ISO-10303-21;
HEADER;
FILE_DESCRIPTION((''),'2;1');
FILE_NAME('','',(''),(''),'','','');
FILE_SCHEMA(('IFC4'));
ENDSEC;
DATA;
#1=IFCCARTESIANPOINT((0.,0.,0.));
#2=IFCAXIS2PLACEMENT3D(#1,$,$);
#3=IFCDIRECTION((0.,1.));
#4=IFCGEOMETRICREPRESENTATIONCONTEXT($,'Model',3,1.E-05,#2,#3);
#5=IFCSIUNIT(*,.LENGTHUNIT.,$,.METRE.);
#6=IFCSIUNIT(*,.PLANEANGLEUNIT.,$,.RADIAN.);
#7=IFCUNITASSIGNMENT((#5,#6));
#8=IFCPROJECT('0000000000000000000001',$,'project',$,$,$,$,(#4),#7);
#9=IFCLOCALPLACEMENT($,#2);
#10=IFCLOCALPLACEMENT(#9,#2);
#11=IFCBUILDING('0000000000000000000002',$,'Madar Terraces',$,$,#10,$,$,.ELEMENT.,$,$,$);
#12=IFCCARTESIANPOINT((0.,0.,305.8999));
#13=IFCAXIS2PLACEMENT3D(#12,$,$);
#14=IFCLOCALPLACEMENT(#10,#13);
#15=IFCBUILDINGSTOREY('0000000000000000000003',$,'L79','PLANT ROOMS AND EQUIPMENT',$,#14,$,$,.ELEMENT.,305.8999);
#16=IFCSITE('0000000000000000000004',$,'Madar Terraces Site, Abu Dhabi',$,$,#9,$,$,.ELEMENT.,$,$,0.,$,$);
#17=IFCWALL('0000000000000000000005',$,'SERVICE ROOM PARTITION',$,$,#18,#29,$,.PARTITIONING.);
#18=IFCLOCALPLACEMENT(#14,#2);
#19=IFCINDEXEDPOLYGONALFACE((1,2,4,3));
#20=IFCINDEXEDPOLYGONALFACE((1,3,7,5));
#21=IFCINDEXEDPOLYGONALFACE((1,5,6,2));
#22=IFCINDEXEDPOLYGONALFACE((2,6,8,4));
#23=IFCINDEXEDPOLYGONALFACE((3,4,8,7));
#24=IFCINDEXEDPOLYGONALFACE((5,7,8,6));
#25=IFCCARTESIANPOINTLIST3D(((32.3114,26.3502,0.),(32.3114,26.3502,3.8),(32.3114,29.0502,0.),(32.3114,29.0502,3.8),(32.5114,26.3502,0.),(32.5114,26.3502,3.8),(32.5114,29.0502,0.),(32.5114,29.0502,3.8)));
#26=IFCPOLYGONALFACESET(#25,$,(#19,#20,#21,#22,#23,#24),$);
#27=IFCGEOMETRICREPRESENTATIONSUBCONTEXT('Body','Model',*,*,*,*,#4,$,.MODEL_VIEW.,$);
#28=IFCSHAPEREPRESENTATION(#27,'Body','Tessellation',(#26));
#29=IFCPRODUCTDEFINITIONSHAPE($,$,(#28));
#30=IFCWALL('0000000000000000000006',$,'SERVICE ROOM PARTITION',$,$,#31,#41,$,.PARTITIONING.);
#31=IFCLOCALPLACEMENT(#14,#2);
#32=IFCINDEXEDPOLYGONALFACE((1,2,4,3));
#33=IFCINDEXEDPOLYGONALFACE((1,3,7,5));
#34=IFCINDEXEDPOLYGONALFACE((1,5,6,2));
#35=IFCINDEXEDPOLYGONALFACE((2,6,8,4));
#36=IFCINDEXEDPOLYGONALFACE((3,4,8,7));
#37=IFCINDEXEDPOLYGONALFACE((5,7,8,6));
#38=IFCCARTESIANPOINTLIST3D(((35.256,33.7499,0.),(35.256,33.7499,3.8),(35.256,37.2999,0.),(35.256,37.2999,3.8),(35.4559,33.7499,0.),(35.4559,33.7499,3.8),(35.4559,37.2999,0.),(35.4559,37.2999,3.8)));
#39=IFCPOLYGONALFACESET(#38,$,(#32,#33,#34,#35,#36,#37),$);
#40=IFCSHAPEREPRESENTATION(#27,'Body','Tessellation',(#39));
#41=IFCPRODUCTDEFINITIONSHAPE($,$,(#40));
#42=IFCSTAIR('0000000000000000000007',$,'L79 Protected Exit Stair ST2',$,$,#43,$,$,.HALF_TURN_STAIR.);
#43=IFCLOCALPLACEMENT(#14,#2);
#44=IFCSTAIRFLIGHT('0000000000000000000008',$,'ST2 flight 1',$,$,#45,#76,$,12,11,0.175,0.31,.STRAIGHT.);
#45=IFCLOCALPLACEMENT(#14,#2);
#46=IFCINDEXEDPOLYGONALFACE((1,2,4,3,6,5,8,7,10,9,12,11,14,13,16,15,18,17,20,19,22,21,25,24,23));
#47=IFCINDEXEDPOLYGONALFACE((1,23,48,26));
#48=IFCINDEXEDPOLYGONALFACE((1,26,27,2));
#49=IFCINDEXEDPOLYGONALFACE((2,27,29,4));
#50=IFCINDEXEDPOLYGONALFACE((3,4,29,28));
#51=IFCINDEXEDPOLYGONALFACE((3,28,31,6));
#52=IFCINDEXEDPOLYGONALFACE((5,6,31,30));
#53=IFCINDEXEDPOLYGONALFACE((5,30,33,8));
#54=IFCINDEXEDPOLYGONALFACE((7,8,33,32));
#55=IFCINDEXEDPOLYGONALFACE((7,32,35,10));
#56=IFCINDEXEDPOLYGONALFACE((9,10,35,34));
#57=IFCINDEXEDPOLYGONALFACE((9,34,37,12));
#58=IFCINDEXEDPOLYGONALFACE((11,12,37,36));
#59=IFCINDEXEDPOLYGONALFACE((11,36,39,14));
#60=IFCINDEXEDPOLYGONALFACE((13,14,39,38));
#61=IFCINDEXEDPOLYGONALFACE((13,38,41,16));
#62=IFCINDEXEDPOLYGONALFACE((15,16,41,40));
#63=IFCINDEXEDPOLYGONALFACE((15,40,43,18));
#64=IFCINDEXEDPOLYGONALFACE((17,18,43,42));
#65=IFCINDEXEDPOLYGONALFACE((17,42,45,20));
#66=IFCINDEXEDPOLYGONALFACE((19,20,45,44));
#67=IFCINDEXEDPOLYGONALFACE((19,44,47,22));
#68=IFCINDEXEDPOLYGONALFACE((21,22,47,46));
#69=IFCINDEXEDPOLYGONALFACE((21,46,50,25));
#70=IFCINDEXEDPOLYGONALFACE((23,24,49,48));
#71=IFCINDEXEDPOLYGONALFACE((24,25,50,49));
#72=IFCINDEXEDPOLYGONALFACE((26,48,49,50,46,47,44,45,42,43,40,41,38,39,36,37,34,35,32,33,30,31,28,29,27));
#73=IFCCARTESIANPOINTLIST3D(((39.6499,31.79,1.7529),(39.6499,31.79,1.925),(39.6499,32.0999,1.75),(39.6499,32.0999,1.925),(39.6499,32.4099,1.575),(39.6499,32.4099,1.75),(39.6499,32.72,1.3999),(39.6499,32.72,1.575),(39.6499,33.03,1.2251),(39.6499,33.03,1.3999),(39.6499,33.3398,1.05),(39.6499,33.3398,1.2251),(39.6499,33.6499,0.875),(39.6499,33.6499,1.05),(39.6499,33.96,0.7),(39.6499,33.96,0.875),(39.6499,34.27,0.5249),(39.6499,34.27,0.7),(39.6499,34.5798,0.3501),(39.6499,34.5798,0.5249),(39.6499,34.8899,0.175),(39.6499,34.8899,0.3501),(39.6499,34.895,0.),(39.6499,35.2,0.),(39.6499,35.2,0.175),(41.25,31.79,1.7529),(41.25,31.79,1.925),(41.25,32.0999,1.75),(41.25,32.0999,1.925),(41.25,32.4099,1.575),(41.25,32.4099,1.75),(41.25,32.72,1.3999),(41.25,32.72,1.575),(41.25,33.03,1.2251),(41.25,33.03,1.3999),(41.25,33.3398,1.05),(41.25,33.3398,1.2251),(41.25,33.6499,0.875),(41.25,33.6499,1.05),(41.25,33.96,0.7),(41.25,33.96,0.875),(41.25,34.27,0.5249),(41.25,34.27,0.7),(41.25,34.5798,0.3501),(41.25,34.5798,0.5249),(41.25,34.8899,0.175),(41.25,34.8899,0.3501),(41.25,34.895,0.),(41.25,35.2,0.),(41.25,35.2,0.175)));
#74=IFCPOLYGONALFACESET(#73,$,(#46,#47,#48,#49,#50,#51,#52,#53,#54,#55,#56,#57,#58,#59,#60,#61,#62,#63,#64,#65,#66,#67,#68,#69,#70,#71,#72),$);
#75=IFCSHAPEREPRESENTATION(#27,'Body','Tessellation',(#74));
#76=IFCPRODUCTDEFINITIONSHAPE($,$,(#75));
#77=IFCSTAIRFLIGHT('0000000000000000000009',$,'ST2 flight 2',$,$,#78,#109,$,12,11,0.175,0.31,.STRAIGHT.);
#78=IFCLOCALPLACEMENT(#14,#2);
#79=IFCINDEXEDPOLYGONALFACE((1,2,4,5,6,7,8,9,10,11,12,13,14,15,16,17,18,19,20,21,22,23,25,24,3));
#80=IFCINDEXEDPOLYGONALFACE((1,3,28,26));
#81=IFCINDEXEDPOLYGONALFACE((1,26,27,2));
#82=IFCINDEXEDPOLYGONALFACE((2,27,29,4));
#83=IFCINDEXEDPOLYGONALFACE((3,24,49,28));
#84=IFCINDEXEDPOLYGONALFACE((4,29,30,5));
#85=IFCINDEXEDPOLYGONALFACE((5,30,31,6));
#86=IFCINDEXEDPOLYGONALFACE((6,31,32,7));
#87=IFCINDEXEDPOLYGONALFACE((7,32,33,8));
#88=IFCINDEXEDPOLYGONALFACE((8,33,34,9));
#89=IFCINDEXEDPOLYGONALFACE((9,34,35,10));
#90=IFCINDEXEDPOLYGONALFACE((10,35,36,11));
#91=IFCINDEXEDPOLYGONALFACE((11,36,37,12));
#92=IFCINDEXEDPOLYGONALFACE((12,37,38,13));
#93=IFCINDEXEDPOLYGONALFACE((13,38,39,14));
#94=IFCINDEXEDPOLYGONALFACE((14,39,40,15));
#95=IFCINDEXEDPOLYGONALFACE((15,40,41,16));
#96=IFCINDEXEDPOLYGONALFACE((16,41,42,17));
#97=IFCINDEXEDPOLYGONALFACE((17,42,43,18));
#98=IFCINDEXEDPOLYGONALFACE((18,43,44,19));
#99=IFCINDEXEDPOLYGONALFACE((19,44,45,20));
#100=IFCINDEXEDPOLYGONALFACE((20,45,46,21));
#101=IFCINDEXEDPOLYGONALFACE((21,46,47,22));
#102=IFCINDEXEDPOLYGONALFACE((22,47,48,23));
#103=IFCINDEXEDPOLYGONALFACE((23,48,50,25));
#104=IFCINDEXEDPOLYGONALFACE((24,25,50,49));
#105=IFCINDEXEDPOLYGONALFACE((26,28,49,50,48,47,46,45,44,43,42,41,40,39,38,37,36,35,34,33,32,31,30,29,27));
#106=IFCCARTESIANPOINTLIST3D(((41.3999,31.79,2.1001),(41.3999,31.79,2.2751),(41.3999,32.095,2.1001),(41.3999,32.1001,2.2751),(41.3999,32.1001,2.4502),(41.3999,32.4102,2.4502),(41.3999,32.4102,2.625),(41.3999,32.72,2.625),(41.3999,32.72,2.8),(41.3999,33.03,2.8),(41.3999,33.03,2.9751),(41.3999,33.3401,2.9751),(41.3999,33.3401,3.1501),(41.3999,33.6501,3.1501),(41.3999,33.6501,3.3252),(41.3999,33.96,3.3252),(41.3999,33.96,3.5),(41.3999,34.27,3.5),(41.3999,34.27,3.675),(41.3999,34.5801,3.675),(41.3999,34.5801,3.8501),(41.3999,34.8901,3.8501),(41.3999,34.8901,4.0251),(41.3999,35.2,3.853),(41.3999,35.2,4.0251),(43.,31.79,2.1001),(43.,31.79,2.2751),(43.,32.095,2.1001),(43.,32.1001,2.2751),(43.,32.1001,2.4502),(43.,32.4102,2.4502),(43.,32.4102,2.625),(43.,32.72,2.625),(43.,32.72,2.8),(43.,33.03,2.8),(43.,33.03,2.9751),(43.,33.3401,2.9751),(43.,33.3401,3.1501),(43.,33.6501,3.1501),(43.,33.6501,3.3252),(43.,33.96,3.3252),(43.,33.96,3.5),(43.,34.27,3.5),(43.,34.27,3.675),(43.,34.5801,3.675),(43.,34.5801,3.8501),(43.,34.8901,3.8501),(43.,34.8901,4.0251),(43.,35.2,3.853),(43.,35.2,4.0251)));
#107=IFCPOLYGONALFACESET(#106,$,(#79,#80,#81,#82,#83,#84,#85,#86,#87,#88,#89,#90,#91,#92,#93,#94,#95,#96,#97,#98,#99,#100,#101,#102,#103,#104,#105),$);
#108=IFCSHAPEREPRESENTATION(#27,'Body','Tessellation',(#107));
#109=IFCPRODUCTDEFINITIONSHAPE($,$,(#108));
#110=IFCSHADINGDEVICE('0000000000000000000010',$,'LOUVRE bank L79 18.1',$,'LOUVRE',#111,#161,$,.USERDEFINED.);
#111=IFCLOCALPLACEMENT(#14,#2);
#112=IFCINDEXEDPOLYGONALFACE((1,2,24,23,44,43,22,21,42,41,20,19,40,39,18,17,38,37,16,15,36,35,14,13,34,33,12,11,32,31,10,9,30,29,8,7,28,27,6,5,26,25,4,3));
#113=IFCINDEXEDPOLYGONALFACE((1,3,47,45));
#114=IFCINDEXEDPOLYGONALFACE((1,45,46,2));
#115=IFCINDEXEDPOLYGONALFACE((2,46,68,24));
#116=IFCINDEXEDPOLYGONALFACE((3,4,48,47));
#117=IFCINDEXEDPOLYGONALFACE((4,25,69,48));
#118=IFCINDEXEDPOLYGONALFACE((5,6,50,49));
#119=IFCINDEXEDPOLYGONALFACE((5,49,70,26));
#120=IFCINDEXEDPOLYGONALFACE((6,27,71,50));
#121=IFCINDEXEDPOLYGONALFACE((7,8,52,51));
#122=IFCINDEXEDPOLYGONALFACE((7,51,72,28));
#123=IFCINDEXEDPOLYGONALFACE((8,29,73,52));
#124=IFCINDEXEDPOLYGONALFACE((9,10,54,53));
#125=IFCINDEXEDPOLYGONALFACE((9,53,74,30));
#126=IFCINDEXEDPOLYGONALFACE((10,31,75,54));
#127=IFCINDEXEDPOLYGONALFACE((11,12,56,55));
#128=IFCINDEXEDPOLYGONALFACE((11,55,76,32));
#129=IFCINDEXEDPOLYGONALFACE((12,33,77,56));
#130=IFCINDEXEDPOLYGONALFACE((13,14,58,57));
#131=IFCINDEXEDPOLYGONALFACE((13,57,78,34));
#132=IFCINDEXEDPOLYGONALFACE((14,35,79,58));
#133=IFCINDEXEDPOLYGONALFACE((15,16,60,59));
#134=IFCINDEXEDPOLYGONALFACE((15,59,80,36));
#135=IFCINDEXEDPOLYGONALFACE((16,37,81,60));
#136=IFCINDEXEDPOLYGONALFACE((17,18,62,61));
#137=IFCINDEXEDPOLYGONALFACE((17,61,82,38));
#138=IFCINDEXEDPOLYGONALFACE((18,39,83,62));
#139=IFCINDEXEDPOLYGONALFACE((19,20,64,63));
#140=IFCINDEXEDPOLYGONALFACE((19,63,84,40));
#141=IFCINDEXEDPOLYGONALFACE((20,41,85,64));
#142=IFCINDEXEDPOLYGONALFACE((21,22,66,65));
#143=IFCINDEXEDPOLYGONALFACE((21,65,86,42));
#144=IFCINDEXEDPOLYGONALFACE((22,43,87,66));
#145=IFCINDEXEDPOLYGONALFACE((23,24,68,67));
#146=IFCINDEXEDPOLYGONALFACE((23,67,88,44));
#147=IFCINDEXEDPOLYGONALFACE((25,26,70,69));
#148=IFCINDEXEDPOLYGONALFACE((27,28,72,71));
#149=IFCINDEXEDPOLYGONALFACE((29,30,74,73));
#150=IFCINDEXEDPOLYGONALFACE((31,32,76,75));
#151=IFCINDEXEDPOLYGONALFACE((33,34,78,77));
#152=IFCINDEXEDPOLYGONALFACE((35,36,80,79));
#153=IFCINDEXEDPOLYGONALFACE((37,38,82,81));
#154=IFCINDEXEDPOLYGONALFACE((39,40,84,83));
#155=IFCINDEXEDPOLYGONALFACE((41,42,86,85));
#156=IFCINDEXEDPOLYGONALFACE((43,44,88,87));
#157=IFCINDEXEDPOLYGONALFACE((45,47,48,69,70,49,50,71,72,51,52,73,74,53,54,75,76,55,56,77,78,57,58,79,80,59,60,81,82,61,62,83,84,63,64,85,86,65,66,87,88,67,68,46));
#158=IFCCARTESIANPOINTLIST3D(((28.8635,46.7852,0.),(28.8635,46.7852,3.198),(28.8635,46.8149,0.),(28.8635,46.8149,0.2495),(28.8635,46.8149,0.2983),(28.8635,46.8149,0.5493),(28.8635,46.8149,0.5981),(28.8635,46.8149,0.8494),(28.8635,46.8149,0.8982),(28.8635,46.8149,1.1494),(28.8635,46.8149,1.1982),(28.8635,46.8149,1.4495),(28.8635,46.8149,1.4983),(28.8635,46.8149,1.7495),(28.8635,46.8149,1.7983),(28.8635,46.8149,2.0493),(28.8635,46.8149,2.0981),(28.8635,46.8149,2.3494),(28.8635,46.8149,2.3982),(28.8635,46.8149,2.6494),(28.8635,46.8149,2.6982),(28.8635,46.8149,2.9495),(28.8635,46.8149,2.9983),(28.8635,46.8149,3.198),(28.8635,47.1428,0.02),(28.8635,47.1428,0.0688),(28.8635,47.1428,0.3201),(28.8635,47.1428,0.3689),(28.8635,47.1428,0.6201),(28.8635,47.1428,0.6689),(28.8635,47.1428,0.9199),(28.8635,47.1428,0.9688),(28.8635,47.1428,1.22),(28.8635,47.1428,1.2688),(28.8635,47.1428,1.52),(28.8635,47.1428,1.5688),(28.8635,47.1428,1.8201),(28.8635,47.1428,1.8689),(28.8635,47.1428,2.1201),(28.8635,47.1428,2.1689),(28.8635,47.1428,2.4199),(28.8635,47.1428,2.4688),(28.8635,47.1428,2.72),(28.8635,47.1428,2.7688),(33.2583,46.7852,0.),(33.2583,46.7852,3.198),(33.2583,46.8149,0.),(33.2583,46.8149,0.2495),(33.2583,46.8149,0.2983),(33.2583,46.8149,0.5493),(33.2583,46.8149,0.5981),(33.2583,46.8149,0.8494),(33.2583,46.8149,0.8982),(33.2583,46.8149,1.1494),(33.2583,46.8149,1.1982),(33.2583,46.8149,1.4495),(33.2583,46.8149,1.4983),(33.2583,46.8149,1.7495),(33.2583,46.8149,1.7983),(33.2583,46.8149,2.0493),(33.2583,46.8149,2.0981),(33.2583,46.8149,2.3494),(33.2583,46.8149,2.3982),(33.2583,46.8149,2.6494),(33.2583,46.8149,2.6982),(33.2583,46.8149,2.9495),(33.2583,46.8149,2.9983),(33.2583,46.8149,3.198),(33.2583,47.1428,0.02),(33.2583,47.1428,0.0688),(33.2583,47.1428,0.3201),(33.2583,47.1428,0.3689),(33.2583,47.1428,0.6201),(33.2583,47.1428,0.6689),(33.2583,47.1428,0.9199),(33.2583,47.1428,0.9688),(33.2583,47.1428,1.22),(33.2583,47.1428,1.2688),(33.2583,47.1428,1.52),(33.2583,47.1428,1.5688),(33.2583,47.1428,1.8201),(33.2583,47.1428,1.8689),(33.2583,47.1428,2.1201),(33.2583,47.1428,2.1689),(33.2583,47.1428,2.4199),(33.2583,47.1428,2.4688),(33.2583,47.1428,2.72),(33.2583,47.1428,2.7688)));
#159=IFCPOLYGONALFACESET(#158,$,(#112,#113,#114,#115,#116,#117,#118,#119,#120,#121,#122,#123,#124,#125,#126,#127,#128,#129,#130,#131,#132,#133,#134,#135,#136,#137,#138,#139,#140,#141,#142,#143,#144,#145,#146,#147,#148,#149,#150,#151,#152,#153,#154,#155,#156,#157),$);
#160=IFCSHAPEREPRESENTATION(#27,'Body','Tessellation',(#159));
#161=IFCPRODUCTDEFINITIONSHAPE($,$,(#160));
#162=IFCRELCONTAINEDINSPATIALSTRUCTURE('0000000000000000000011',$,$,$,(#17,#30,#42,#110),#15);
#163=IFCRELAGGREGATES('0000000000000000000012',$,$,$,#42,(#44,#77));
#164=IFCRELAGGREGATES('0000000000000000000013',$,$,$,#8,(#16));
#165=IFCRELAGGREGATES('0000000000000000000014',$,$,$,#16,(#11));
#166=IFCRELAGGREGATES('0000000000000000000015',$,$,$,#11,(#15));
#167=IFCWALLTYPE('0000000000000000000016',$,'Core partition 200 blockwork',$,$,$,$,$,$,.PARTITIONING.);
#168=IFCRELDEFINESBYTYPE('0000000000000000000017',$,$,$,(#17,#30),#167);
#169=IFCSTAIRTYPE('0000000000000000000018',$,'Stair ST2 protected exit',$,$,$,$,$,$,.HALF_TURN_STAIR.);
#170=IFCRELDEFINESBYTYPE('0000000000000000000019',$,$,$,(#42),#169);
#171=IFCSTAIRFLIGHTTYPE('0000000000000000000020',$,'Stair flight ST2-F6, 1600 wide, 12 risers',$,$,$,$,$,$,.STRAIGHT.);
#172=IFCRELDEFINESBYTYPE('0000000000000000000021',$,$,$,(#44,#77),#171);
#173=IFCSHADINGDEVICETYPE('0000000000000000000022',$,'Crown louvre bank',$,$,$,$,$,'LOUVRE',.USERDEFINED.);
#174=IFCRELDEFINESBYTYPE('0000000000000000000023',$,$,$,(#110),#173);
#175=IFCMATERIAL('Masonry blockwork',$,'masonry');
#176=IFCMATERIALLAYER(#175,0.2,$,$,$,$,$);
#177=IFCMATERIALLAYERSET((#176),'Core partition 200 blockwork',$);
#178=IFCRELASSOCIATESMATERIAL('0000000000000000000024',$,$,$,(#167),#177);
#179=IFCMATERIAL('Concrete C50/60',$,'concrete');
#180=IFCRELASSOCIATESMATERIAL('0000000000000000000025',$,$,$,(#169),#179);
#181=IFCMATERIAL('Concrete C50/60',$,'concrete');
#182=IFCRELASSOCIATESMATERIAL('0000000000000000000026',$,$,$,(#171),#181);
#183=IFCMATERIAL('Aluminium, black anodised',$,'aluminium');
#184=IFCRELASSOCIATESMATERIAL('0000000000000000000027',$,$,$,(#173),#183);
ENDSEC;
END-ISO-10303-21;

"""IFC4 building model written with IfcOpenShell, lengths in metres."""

from ifc_helpers import new_model, si_unit, direction, frame, frame_2d, origin, place, context, subcontext, project, spatial, polyline, rectangle, outline, extrude, material, layer, layer_set, type_object, element, aggregate, save


model = new_model("IFC4")

# Units and contexts
model_context = context("Model", 3, precision=1e-05, world=origin(), true_north=direction((0.0, 1.0)))
body_context = subcontext(model_context, "Body", "Model", "MODEL_VIEW")
ifc_project = project(units=[si_unit("LENGTHUNIT", "METRE"), si_unit("PLANEANGLEUNIT", "RADIAN")], contexts=[model_context])

# Site, building, storey
site_placement = place(None, origin())
site = spatial("IfcSite", under=ifc_project, at=site_placement, Name="Madar Terraces Site, Abu Dhabi", CompositionType="ELEMENT", RefElevation=0.0)
building_placement = place(site_placement, origin())
building = spatial("IfcBuilding", under=site, at=building_placement, Name="Madar Terraces", CompositionType="ELEMENT")
storey_placement = place(building_placement, frame((0.0, 0.0, 305.8999)))
storey = spatial("IfcBuildingStorey", under=building, at=storey_placement, Name="L79", Description="PLANT ROOMS AND EQUIPMENT", CompositionType="ELEMENT", Elevation=305.8999)

# Walls
ifc_material_1 = material(Name="Masonry blockwork", Category="masonry")
ifc_layer_1 = layer(ifc_material_1, 0.2)
ifc_layer_set_1 = layer_set([ifc_layer_1], Name="Core partition 200 blockwork")
wall_type_1 = type_object("IfcWallType", Name="Core partition 200 blockwork", PredefinedType="PARTITIONING", material=ifc_layer_set_1)
wall_1_placement = place(storey_placement, frame((32.4114, 26.3501, 0.0), z_axis=(0.0, 0.0, 1.0), x_axis=(0.0, 1.0, 0.0)))
element("IfcWall", 1, at=wall_1_placement, inside=storey, type_object=wall_type_1, Name="SERVICE ROOM PARTITION", PredefinedType="PARTITIONING", context=body_context, shape_type="SweptSolid", body=[
    extrude(rectangle(XDim=2.7, YDim=0.2, at=frame_2d((1.3501, 0.0))), origin(), (0.0, 0.0, 1.0), 3.8),
])
wall_2_placement = place(storey_placement, frame((35.356, 33.75, 0.0), z_axis=(0.0, 0.0, 1.0), x_axis=(0.0, 1.0, 0.0)))
element("IfcWall", 2, at=wall_2_placement, inside=storey, type_object=wall_type_1, Name="SERVICE ROOM PARTITION", PredefinedType="PARTITIONING", context=body_context, shape_type="SweptSolid", body=[
    extrude(rectangle(XDim=3.55, YDim=0.2, at=frame_2d((1.7749, 0.0))), origin(), (0.0, 0.0, 1.0), 3.8),
])

# Stair, stair flights
ifc_material_2 = material(Name="Concrete C50/60", Category="concrete")
stair_type = type_object("IfcStairType", Name="Stair ST2 protected exit", PredefinedType="HALF_TURN_STAIR", material=ifc_material_2)
stair_placement = place(storey_placement, origin())
stair = element("IfcStair", 3, at=stair_placement, inside=storey, type_object=stair_type, Name="L79 Protected Exit Stair ST2", PredefinedType="HALF_TURN_STAIR")
ifc_material_3 = material(Name="Concrete C50/60", Category="concrete")
stair_flight_type = type_object("IfcStairFlightType", Name="Stair flight ST2-F6, 1600 wide, 12 risers", PredefinedType="STRAIGHT", material=ifc_material_3)
stair_flight_1_placement = place(storey_placement, frame((40.45, 35.2, 0.0), z_axis=(0.0, 0.0, 1.0), x_axis=(0.0, -1.0, 0.0)))
stair_flight_1 = element("IfcStairFlight", 4, at=stair_flight_1_placement, type_object=stair_flight_type, Name="ST2 flight 1", NumberOfRisers=12, NumberOfTreads=11, PredefinedType="STRAIGHT", RiserHeight=0.175, TreadLength=0.31, context=body_context, shape_type="SweptSolid", body=[
    extrude(outline(polyline([(0.0, 0.0), (0.0, 0.175), (0.3101, 0.175), (0.3101, 0.3501), (0.6201, 0.3501), (0.6201, 0.5249), (0.9299, 0.5249), (0.9299, 0.7), (1.24, 0.7), (1.24, 0.875), (1.55, 0.875), (1.55, 1.05), (1.8601, 1.05), (1.8601, 1.2251), (2.1699, 1.2251), (2.1699, 1.3999), (2.48, 1.3999), (2.48, 1.575), (2.79, 1.575), (2.79, 1.75), (3.1001, 1.75), (3.1001, 1.925), (3.4099, 1.925), (3.4099, 2.1001), (3.4099, 1.7529), (0.3049, 0.0), (0.0, 0.0)])), frame((0.0, 0.8, 0.0), z_axis=(0.0, -1.0, 0.0), x_axis=(1.0, 0.0, 0.0)), (0.0, 0.0, 1.0), 1.6001),
])
stair_flight_2_placement = place(storey_placement, frame((42.2, 31.79, 2.1001), z_axis=(0.0, 0.0, 1.0), x_axis=(0.0, 1.0, 0.0)))
stair_flight_2 = element("IfcStairFlight", 5, at=stair_flight_2_placement, type_object=stair_flight_type, Name="ST2 flight 2", NumberOfRisers=12, NumberOfTreads=11, PredefinedType="STRAIGHT", RiserHeight=0.175, TreadLength=0.31, context=body_context, shape_type="SweptSolid", body=[
    extrude(outline(polyline([(0.0, 0.0), (0.0, 0.175), (0.3101, 0.175), (0.3101, 0.3501), (0.6201, 0.3501), (0.6201, 0.5249), (0.9299, 0.5249), (0.9299, 0.7), (1.24, 0.7), (1.24, 0.875), (1.55, 0.875), (1.55, 1.05), (1.8601, 1.05), (1.8601, 1.2251), (2.1699, 1.2251), (2.1699, 1.3999), (2.48, 1.3999), (2.48, 1.575), (2.79, 1.575), (2.79, 1.75), (3.1001, 1.75), (3.1001, 1.925), (3.4099, 1.925), (3.4099, 2.1001), (3.4099, 1.7529), (0.3049, 0.0), (0.0, 0.0)])), frame((0.0, 0.8, 0.0), z_axis=(0.0, -1.0, 0.0), x_axis=(1.0, 0.0, 0.0)), (0.0, 0.0, 1.0), 1.6001),
])
aggregate(stair, [stair_flight_1, stair_flight_2])

# Shading device
ifc_material_4 = material(Name="Aluminium, black anodised", Category="aluminium")
shading_device_type = type_object("IfcShadingDeviceType", Name="Crown louvre bank", ElementType="LOUVRE", PredefinedType="USERDEFINED", material=ifc_material_4)
shading_device_1_placement = place(storey_placement, frame((33.2583, 46.8, 0.0), z_axis=(-1.0, 0.0, 0.0), x_axis=(0.0, -1.0, 0.0)))
element("IfcShadingDevice", 6, at=shading_device_1_placement, inside=storey, type_object=shading_device_type, Name="LOUVRE bank L79 18.1", ObjectType="LOUVRE", PredefinedType="USERDEFINED", context=body_context, shape_type="SweptSolid", body=[
    extrude(outline(polyline([(0.0149, 0.0), (-0.0149, 0.0), (-0.0149, 0.2495), (-0.3428, 0.02), (-0.3428, 0.0688), (-0.0149, 0.2983), (-0.0149, 0.5493), (-0.3428, 0.3201), (-0.3428, 0.3689), (-0.0149, 0.5981), (-0.0149, 0.8494), (-0.3428, 0.6201), (-0.3428, 0.6689), (-0.0149, 0.8982), (-0.0149, 1.1494), (-0.3428, 0.9199), (-0.3428, 0.9688), (-0.0149, 1.1982), (-0.0149, 1.4495), (-0.3428, 1.22), (-0.3428, 1.2688), (-0.0149, 1.4983), (-0.0149, 1.7495), (-0.3428, 1.52), (-0.3428, 1.5688), (-0.0149, 1.7983), (-0.0149, 2.0493), (-0.3428, 1.8201), (-0.3428, 1.8689), (-0.0149, 2.0981), (-0.0149, 2.3494), (-0.3428, 2.1201), (-0.3428, 2.1689), (-0.0149, 2.3982), (-0.0149, 2.6494), (-0.3428, 2.4199), (-0.3428, 2.4688), (-0.0149, 2.6982), (-0.0149, 2.9495), (-0.3428, 2.72), (-0.3428, 2.7688), (-0.0149, 2.9983), (-0.0149, 3.198), (0.0149, 3.198), (0.0149, 0.0)])), origin(), (0.0, 0.0, 1.0), 4.3948),
])

save(model, "model.ifc")
